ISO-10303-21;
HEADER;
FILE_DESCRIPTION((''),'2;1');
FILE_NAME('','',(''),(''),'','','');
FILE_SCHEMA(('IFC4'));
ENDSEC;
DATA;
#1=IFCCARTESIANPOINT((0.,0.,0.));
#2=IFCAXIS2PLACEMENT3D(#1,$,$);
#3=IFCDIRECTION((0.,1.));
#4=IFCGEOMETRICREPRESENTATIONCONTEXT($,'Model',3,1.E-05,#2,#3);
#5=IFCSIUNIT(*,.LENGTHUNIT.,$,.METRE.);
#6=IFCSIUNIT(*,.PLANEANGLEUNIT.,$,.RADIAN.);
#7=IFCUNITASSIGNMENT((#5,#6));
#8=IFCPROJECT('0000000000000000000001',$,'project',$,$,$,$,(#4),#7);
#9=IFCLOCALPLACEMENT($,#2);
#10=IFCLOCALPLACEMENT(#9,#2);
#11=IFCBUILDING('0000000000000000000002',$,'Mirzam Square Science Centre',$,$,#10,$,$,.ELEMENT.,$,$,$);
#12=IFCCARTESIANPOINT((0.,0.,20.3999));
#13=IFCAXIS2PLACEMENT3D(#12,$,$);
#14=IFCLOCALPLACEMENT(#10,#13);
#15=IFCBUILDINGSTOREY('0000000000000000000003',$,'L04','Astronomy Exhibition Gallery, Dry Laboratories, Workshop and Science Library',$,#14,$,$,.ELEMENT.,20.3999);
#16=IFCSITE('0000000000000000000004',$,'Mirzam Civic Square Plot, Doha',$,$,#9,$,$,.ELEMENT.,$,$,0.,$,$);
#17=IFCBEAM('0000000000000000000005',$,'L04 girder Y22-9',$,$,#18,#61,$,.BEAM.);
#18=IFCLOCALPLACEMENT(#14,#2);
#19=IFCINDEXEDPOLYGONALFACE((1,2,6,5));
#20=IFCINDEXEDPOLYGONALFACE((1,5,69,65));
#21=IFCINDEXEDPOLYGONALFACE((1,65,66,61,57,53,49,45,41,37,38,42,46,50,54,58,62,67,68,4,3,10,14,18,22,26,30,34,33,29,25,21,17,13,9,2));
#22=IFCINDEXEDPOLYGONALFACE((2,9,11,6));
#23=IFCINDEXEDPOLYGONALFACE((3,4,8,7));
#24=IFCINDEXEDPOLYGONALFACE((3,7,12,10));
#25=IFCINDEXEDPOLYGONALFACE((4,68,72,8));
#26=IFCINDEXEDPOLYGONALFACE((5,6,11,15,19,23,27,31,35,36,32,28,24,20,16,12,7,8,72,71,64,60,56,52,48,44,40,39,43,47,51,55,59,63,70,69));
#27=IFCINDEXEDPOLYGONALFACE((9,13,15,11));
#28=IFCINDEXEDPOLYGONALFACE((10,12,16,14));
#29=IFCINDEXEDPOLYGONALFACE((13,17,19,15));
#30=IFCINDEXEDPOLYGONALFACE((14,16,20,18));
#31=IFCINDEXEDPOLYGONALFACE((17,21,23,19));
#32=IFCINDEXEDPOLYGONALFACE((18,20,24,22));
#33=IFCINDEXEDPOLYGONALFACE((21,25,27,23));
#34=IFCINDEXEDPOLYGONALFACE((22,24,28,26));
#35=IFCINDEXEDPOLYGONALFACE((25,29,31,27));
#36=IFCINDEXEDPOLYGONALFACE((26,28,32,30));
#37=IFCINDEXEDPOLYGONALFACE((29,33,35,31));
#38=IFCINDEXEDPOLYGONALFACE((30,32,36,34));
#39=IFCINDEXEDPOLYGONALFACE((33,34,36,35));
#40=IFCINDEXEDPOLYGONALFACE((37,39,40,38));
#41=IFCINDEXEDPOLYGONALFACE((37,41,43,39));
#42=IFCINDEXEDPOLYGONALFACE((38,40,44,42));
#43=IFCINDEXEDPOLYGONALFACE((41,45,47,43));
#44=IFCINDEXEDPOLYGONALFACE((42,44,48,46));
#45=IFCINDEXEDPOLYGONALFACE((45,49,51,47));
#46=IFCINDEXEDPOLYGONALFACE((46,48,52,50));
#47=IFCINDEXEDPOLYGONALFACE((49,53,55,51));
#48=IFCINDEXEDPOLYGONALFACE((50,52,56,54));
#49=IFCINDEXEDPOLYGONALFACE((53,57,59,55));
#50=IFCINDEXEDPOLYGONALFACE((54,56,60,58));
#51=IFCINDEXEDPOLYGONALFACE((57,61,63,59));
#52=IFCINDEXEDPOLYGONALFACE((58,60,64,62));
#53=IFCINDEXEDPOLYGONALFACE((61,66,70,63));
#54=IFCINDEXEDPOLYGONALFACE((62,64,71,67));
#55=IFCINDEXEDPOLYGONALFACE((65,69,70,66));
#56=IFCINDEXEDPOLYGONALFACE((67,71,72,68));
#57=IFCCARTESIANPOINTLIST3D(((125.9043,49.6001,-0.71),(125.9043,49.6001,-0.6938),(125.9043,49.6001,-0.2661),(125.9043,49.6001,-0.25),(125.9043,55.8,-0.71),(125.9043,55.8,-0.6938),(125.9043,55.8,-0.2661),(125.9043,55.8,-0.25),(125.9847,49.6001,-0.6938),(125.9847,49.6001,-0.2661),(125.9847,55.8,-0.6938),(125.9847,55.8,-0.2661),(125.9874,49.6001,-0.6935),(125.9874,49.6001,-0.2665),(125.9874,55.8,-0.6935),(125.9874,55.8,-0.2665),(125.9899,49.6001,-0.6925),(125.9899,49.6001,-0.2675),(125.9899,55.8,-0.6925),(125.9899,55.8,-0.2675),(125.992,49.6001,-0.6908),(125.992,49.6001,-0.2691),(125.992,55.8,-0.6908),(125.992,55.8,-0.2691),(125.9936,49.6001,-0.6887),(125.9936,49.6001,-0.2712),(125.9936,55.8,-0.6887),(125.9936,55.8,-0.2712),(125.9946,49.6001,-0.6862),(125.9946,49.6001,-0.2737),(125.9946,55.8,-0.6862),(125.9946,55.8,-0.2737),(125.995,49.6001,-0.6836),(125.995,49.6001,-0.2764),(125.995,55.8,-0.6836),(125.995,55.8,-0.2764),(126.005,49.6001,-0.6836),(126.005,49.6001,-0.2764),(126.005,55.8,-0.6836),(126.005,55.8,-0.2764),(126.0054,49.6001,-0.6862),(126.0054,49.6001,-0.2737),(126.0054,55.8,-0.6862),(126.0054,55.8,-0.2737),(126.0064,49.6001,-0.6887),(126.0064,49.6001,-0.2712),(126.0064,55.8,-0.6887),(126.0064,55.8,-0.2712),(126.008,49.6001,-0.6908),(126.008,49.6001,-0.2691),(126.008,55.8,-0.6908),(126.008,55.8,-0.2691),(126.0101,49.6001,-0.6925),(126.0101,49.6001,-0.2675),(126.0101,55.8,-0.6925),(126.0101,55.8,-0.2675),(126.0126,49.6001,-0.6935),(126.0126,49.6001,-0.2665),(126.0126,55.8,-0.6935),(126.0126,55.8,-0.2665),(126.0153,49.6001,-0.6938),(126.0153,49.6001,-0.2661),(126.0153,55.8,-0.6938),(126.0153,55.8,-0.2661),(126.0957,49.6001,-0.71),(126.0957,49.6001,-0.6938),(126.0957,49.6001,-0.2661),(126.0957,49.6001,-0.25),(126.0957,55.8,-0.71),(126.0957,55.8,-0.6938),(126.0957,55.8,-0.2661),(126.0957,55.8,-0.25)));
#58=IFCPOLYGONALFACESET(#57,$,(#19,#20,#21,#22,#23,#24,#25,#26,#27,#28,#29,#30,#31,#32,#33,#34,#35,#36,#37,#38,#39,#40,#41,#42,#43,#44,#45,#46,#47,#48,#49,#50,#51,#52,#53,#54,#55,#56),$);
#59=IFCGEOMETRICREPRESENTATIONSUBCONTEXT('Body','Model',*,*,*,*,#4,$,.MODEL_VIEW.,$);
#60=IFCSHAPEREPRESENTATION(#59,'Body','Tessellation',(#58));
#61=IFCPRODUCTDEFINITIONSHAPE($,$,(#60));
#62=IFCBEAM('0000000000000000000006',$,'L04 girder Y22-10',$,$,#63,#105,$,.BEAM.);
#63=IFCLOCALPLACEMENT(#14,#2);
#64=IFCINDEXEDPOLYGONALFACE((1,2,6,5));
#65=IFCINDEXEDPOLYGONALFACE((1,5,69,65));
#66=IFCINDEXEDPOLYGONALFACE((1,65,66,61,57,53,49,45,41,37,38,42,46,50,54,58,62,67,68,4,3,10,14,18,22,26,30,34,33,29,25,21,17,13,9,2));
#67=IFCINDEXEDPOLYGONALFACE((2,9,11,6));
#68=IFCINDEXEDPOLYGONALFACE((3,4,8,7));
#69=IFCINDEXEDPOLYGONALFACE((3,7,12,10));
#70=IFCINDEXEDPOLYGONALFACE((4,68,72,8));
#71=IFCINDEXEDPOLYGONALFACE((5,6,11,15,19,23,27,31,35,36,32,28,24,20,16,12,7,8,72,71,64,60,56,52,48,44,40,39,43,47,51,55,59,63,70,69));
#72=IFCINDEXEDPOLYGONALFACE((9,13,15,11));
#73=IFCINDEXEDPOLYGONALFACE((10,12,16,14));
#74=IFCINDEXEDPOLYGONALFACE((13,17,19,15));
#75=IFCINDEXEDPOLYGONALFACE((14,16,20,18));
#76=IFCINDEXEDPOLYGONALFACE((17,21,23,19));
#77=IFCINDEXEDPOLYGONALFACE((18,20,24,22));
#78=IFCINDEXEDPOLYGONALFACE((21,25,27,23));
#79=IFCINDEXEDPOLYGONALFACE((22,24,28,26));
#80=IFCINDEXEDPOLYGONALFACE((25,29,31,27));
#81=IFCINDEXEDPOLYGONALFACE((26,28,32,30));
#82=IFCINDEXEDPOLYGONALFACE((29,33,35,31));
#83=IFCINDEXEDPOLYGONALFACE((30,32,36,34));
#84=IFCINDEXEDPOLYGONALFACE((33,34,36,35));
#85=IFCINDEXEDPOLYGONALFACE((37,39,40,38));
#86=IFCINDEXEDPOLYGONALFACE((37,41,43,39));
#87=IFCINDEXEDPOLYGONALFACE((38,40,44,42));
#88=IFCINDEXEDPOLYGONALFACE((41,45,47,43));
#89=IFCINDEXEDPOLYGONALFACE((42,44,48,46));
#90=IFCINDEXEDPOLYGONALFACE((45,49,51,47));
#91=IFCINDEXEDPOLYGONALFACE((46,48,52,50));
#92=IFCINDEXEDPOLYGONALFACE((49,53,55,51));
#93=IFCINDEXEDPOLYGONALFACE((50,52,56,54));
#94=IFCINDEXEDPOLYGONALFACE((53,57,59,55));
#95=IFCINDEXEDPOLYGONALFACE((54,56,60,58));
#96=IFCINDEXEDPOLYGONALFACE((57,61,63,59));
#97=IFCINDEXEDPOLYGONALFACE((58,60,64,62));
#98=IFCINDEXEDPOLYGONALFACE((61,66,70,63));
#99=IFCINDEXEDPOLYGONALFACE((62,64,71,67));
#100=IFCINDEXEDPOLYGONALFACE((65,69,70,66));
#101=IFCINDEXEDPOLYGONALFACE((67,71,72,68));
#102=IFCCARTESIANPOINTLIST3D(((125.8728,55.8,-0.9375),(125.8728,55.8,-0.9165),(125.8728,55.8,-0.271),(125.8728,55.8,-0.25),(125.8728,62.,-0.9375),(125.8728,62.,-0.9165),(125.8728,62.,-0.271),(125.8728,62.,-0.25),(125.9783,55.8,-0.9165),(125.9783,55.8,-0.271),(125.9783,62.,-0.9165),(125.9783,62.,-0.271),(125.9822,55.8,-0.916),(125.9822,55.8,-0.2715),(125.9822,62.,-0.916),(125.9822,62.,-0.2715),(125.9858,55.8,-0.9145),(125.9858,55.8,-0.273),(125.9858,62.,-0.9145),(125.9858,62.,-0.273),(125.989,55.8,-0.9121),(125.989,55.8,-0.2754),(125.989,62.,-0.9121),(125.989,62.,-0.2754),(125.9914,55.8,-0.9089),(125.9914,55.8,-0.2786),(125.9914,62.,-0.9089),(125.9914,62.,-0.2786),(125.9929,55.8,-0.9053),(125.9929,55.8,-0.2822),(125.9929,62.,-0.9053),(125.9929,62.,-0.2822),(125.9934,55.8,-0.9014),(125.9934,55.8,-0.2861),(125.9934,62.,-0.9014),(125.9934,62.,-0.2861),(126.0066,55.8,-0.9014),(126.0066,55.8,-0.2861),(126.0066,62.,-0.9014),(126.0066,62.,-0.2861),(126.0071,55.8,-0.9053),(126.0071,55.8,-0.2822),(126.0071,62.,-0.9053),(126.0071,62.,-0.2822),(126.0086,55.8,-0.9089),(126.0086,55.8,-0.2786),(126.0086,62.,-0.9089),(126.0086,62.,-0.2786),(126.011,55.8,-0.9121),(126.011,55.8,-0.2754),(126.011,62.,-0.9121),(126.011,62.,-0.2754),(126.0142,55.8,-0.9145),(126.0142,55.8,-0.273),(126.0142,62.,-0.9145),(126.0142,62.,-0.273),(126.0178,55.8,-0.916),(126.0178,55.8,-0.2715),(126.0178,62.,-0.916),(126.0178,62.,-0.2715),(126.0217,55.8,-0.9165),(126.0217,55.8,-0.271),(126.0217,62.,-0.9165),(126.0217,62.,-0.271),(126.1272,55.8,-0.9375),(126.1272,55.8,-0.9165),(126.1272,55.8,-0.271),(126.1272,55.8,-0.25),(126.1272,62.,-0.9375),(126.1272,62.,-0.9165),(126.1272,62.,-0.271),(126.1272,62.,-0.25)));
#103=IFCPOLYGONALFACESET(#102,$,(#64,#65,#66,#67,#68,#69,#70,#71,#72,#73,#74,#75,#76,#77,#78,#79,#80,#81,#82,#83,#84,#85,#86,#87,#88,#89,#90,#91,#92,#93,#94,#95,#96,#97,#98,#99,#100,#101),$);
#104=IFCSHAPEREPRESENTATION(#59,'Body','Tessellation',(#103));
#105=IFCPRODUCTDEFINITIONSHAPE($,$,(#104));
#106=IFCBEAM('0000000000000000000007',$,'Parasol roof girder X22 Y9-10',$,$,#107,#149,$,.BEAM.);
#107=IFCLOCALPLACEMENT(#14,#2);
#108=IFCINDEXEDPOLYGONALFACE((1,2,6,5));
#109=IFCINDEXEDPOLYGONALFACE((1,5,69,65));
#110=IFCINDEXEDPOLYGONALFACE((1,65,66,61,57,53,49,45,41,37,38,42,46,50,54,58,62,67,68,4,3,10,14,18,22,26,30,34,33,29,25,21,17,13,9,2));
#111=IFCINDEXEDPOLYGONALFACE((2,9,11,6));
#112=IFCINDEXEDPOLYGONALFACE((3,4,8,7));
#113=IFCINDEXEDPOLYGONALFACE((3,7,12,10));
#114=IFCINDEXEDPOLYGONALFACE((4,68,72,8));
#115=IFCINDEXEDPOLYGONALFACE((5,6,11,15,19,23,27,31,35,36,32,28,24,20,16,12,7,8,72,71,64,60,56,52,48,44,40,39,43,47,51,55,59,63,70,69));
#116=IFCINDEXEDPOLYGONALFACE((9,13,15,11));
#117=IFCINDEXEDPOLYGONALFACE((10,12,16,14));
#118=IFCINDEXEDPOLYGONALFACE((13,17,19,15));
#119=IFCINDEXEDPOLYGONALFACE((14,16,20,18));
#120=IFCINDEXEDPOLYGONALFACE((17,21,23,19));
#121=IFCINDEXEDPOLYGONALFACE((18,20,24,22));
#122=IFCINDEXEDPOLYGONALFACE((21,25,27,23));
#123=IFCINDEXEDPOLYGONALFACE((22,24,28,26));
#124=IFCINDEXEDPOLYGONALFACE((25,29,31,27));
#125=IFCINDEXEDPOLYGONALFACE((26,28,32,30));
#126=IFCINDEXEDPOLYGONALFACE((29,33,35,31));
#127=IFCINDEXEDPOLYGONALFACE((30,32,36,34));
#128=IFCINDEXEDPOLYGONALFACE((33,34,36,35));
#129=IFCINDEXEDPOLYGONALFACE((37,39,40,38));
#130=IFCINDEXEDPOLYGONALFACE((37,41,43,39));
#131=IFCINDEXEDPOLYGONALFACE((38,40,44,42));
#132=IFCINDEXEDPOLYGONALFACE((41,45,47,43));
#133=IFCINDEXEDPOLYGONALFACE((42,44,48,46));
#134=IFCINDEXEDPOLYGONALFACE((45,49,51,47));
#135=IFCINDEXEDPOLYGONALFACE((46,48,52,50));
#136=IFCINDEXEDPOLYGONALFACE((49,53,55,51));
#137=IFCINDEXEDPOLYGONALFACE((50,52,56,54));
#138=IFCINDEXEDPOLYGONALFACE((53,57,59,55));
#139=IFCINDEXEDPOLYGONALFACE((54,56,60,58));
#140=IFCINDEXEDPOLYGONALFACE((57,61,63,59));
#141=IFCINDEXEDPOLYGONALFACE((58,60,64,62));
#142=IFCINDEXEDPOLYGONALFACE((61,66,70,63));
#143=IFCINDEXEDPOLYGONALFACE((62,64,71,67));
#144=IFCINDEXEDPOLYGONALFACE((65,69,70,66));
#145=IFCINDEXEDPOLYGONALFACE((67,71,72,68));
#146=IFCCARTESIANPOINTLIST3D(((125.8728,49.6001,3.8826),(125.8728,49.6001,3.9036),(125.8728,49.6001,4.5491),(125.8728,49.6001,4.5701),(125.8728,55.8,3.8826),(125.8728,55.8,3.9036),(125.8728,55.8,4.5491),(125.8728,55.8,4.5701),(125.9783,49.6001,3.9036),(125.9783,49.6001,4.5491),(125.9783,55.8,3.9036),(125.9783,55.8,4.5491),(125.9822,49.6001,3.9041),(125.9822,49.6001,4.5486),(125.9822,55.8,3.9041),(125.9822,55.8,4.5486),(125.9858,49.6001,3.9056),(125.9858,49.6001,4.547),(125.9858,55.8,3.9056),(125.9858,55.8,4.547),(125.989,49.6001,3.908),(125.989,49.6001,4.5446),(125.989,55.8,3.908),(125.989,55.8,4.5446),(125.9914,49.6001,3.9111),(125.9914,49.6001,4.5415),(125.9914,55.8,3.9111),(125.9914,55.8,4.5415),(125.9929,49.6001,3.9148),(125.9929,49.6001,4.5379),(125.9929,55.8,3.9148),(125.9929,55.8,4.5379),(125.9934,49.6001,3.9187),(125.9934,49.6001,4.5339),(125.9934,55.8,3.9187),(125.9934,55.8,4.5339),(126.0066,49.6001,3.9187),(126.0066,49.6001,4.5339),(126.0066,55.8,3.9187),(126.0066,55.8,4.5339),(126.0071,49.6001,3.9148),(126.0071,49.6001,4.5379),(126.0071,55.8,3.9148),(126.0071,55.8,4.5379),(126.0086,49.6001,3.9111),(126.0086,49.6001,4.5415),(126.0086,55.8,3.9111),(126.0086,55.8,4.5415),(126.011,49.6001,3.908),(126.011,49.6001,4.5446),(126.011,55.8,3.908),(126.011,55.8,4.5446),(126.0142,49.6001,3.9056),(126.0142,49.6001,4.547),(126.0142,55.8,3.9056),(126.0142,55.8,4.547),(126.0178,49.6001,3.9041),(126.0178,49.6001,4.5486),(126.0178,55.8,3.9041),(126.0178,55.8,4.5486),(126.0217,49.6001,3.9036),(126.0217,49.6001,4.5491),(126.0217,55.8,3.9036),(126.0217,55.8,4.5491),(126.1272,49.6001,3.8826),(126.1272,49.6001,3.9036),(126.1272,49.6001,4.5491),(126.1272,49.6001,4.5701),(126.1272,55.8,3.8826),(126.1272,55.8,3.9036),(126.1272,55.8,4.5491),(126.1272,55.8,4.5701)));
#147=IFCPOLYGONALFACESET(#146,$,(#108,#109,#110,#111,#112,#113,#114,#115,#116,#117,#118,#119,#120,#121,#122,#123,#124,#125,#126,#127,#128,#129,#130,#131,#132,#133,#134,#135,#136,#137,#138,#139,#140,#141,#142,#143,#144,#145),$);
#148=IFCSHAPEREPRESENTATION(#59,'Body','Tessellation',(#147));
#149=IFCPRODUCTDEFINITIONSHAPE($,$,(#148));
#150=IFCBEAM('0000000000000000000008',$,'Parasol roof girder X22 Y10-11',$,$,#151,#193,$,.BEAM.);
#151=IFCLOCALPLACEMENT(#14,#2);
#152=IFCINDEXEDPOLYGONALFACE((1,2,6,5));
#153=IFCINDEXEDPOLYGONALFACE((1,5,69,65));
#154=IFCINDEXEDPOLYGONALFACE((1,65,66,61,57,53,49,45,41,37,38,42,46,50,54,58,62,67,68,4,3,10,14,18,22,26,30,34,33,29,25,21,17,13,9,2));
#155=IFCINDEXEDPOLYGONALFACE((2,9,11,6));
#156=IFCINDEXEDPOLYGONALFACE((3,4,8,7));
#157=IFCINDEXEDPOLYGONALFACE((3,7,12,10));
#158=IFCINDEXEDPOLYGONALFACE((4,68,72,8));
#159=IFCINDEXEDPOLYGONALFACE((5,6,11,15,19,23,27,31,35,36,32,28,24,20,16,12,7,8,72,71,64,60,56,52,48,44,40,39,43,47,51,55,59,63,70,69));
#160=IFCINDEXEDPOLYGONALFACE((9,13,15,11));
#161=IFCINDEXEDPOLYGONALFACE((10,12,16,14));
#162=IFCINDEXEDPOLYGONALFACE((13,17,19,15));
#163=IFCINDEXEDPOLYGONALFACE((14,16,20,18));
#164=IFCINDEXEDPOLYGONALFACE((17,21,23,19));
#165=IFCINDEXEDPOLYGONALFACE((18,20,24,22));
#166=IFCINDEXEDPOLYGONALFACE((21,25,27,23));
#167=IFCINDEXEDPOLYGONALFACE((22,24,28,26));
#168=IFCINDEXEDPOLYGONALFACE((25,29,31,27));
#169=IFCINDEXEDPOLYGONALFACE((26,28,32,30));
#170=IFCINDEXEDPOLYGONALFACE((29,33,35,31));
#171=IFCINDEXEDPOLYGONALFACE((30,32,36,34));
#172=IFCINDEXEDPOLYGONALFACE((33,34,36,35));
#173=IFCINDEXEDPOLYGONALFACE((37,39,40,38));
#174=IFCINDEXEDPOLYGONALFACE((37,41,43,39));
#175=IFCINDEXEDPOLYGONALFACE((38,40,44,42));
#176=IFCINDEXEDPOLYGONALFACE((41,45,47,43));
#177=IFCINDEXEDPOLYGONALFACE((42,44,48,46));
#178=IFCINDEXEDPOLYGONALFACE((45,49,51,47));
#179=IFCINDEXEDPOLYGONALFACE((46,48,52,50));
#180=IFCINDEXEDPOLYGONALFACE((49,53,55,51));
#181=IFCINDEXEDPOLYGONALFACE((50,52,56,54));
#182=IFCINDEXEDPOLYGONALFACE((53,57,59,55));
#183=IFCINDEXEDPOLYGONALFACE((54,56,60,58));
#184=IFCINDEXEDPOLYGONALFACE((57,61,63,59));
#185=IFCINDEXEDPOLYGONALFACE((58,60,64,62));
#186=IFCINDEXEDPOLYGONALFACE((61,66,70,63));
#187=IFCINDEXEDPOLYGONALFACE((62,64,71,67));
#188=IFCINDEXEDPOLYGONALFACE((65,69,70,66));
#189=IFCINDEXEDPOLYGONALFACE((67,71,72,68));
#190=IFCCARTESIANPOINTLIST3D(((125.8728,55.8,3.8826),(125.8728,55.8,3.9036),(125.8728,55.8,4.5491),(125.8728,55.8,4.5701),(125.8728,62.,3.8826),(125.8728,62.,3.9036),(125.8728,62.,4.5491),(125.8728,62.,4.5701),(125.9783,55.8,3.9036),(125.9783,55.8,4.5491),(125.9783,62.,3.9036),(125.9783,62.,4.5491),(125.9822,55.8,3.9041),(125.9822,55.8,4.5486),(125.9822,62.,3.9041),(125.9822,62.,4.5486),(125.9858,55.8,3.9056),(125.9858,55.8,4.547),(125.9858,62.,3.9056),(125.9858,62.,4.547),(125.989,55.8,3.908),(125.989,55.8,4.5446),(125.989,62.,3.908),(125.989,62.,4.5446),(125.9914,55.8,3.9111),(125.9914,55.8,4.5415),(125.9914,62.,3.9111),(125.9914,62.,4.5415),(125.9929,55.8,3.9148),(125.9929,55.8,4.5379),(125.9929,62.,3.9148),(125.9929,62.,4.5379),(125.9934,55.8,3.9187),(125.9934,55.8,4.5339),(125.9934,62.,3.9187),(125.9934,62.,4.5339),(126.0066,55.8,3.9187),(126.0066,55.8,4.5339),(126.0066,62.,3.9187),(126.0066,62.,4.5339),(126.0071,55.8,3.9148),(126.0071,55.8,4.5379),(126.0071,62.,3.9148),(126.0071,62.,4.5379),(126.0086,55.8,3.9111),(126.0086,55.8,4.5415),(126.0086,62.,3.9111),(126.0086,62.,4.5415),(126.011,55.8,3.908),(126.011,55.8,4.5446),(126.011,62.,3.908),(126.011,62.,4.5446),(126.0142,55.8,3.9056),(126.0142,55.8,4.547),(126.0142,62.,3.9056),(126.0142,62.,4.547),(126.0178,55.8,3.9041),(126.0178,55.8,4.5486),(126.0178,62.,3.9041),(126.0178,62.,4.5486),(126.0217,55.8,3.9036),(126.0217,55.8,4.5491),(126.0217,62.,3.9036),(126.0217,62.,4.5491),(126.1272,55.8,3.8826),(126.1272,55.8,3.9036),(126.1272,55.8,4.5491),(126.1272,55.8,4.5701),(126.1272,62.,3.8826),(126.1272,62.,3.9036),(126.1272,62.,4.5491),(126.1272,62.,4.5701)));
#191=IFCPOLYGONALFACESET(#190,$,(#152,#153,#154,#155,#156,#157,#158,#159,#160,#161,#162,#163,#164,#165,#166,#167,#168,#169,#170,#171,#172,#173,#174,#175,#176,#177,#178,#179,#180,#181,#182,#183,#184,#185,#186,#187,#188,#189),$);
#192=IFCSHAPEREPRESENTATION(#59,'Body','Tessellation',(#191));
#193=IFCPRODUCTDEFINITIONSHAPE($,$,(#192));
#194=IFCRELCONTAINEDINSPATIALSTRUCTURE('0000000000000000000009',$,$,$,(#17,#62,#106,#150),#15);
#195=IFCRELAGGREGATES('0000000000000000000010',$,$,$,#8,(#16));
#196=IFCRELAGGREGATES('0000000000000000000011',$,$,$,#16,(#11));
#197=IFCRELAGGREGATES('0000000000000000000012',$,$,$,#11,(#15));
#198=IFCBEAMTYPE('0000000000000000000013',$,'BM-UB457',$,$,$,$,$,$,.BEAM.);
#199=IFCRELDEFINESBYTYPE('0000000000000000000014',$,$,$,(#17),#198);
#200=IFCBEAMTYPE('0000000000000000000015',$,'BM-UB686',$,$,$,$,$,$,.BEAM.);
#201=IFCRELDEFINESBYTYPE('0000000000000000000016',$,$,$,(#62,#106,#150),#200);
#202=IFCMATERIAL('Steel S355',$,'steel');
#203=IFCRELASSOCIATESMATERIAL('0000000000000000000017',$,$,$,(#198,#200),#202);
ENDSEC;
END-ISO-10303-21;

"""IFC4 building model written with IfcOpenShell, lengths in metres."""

from ifc_helpers import new_model, si_unit, direction, frame, origin, origin_2d, place, context, subcontext, project, spatial, i_section, extrude, material, material_profile, profile_set, type_object, element, save


model = new_model("IFC4")

# Units and contexts
model_context = context("Model", 3, precision=1e-05, world=origin(), true_north=direction((0.0, 1.0)))
body_context = subcontext(model_context, "Body", "Model", "MODEL_VIEW")
ifc_project = project(units=[si_unit("LENGTHUNIT", "METRE"), si_unit("PLANEANGLEUNIT", "RADIAN")], contexts=[model_context])

# Site, building, storey
site_placement = place(None, origin())
site = spatial("IfcSite", under=ifc_project, at=site_placement, Name="Mirzam Civic Square Plot, Doha", CompositionType="ELEMENT", RefElevation=0.0)
building_placement = place(site_placement, origin())
building = spatial("IfcBuilding", under=site, at=building_placement, Name="Mirzam Square Science Centre", CompositionType="ELEMENT")
storey_placement = place(building_placement, frame((0.0, 0.0, 20.3999)))
storey = spatial("IfcBuildingStorey", under=building, at=storey_placement, Name="L04", Description="Astronomy Exhibition Gallery, Dry Laboratories, Workshop and Science Library", CompositionType="ELEMENT", Elevation=20.3999)

# Shared definitions
ifc_material_1 = material(Name="Steel S355", Category="steel")

# Beams
ifc_material_profile_1 = material_profile(ifc_material_1, i_section(OverallWidth=0.1914, OverallDepth=0.46, WebThickness=0.01, FlangeThickness=0.0161, FilletRadius=0.0103, at=origin_2d()), Name="457x191x82UB")
ifc_profile_set_1 = profile_set([ifc_material_profile_1], Name="Steel S355")
beam_type_1 = type_object("IfcBeamType", Name="BM-UB457", PredefinedType="BEAM", material=ifc_profile_set_1)
beam_1_placement = place(storey_placement, frame((126.0, 49.6001, -0.48), z_axis=(0.0, 1.0, 0.0), x_axis=(-1.0, 0.0, 0.0)))
element("IfcBeam", 1, at=beam_1_placement, inside=storey, type_object=beam_type_1, Name="L04 girder Y22-9", PredefinedType="BEAM", context=body_context, shape_type="SweptSolid", body=[
    extrude(i_section(OverallWidth=0.1914, OverallDepth=0.46, WebThickness=0.01, FlangeThickness=0.0161, FilletRadius=0.0103, at=origin_2d()), origin(), (0.0, 0.0, 1.0), 6.2),
])
ifc_material_profile_2 = material_profile(ifc_material_1, i_section(OverallWidth=0.2544, OverallDepth=0.6875, WebThickness=0.0132, FlangeThickness=0.021, FilletRadius=0.0151, at=origin_2d()), Name="686x254x152UB")
ifc_profile_set_2 = profile_set([ifc_material_profile_2], Name="Steel S355")
beam_type_2 = type_object("IfcBeamType", Name="BM-UB686", PredefinedType="BEAM", material=ifc_profile_set_2)
for number, where, z_axis, x_axis, name in (
    (2, (126.0, 55.8, -0.5938), (0.0, 1.0, 0.0), (-1.0, 0.0, 0.0), "L04 girder Y22-10"),
    (3, (126.0, 49.6001, 4.2263), (0.0, 1.0, 0.0), (-1.0, 0.0, 0.0), "Parasol roof girder X22 Y9-10"),
    (4, (126.0, 55.8, 4.2263), (0.0, 1.0, 0.0), (-1.0, 0.0, 0.0), "Parasol roof girder X22 Y10-11"),
):
    element("IfcBeam", number, at=place(storey_placement, frame(where, z_axis=z_axis, x_axis=x_axis)), inside=storey, type_object=beam_type_2, Name=name, PredefinedType="BEAM", context=body_context, shape_type="SweptSolid", body=[
        extrude(i_section(OverallWidth=0.2544, OverallDepth=0.6875, WebThickness=0.0132, FlangeThickness=0.021, FilletRadius=0.0151, at=origin_2d()), origin(), (0.0, 0.0, 1.0), 6.2),
    ])

save(model, "model.ifc")
